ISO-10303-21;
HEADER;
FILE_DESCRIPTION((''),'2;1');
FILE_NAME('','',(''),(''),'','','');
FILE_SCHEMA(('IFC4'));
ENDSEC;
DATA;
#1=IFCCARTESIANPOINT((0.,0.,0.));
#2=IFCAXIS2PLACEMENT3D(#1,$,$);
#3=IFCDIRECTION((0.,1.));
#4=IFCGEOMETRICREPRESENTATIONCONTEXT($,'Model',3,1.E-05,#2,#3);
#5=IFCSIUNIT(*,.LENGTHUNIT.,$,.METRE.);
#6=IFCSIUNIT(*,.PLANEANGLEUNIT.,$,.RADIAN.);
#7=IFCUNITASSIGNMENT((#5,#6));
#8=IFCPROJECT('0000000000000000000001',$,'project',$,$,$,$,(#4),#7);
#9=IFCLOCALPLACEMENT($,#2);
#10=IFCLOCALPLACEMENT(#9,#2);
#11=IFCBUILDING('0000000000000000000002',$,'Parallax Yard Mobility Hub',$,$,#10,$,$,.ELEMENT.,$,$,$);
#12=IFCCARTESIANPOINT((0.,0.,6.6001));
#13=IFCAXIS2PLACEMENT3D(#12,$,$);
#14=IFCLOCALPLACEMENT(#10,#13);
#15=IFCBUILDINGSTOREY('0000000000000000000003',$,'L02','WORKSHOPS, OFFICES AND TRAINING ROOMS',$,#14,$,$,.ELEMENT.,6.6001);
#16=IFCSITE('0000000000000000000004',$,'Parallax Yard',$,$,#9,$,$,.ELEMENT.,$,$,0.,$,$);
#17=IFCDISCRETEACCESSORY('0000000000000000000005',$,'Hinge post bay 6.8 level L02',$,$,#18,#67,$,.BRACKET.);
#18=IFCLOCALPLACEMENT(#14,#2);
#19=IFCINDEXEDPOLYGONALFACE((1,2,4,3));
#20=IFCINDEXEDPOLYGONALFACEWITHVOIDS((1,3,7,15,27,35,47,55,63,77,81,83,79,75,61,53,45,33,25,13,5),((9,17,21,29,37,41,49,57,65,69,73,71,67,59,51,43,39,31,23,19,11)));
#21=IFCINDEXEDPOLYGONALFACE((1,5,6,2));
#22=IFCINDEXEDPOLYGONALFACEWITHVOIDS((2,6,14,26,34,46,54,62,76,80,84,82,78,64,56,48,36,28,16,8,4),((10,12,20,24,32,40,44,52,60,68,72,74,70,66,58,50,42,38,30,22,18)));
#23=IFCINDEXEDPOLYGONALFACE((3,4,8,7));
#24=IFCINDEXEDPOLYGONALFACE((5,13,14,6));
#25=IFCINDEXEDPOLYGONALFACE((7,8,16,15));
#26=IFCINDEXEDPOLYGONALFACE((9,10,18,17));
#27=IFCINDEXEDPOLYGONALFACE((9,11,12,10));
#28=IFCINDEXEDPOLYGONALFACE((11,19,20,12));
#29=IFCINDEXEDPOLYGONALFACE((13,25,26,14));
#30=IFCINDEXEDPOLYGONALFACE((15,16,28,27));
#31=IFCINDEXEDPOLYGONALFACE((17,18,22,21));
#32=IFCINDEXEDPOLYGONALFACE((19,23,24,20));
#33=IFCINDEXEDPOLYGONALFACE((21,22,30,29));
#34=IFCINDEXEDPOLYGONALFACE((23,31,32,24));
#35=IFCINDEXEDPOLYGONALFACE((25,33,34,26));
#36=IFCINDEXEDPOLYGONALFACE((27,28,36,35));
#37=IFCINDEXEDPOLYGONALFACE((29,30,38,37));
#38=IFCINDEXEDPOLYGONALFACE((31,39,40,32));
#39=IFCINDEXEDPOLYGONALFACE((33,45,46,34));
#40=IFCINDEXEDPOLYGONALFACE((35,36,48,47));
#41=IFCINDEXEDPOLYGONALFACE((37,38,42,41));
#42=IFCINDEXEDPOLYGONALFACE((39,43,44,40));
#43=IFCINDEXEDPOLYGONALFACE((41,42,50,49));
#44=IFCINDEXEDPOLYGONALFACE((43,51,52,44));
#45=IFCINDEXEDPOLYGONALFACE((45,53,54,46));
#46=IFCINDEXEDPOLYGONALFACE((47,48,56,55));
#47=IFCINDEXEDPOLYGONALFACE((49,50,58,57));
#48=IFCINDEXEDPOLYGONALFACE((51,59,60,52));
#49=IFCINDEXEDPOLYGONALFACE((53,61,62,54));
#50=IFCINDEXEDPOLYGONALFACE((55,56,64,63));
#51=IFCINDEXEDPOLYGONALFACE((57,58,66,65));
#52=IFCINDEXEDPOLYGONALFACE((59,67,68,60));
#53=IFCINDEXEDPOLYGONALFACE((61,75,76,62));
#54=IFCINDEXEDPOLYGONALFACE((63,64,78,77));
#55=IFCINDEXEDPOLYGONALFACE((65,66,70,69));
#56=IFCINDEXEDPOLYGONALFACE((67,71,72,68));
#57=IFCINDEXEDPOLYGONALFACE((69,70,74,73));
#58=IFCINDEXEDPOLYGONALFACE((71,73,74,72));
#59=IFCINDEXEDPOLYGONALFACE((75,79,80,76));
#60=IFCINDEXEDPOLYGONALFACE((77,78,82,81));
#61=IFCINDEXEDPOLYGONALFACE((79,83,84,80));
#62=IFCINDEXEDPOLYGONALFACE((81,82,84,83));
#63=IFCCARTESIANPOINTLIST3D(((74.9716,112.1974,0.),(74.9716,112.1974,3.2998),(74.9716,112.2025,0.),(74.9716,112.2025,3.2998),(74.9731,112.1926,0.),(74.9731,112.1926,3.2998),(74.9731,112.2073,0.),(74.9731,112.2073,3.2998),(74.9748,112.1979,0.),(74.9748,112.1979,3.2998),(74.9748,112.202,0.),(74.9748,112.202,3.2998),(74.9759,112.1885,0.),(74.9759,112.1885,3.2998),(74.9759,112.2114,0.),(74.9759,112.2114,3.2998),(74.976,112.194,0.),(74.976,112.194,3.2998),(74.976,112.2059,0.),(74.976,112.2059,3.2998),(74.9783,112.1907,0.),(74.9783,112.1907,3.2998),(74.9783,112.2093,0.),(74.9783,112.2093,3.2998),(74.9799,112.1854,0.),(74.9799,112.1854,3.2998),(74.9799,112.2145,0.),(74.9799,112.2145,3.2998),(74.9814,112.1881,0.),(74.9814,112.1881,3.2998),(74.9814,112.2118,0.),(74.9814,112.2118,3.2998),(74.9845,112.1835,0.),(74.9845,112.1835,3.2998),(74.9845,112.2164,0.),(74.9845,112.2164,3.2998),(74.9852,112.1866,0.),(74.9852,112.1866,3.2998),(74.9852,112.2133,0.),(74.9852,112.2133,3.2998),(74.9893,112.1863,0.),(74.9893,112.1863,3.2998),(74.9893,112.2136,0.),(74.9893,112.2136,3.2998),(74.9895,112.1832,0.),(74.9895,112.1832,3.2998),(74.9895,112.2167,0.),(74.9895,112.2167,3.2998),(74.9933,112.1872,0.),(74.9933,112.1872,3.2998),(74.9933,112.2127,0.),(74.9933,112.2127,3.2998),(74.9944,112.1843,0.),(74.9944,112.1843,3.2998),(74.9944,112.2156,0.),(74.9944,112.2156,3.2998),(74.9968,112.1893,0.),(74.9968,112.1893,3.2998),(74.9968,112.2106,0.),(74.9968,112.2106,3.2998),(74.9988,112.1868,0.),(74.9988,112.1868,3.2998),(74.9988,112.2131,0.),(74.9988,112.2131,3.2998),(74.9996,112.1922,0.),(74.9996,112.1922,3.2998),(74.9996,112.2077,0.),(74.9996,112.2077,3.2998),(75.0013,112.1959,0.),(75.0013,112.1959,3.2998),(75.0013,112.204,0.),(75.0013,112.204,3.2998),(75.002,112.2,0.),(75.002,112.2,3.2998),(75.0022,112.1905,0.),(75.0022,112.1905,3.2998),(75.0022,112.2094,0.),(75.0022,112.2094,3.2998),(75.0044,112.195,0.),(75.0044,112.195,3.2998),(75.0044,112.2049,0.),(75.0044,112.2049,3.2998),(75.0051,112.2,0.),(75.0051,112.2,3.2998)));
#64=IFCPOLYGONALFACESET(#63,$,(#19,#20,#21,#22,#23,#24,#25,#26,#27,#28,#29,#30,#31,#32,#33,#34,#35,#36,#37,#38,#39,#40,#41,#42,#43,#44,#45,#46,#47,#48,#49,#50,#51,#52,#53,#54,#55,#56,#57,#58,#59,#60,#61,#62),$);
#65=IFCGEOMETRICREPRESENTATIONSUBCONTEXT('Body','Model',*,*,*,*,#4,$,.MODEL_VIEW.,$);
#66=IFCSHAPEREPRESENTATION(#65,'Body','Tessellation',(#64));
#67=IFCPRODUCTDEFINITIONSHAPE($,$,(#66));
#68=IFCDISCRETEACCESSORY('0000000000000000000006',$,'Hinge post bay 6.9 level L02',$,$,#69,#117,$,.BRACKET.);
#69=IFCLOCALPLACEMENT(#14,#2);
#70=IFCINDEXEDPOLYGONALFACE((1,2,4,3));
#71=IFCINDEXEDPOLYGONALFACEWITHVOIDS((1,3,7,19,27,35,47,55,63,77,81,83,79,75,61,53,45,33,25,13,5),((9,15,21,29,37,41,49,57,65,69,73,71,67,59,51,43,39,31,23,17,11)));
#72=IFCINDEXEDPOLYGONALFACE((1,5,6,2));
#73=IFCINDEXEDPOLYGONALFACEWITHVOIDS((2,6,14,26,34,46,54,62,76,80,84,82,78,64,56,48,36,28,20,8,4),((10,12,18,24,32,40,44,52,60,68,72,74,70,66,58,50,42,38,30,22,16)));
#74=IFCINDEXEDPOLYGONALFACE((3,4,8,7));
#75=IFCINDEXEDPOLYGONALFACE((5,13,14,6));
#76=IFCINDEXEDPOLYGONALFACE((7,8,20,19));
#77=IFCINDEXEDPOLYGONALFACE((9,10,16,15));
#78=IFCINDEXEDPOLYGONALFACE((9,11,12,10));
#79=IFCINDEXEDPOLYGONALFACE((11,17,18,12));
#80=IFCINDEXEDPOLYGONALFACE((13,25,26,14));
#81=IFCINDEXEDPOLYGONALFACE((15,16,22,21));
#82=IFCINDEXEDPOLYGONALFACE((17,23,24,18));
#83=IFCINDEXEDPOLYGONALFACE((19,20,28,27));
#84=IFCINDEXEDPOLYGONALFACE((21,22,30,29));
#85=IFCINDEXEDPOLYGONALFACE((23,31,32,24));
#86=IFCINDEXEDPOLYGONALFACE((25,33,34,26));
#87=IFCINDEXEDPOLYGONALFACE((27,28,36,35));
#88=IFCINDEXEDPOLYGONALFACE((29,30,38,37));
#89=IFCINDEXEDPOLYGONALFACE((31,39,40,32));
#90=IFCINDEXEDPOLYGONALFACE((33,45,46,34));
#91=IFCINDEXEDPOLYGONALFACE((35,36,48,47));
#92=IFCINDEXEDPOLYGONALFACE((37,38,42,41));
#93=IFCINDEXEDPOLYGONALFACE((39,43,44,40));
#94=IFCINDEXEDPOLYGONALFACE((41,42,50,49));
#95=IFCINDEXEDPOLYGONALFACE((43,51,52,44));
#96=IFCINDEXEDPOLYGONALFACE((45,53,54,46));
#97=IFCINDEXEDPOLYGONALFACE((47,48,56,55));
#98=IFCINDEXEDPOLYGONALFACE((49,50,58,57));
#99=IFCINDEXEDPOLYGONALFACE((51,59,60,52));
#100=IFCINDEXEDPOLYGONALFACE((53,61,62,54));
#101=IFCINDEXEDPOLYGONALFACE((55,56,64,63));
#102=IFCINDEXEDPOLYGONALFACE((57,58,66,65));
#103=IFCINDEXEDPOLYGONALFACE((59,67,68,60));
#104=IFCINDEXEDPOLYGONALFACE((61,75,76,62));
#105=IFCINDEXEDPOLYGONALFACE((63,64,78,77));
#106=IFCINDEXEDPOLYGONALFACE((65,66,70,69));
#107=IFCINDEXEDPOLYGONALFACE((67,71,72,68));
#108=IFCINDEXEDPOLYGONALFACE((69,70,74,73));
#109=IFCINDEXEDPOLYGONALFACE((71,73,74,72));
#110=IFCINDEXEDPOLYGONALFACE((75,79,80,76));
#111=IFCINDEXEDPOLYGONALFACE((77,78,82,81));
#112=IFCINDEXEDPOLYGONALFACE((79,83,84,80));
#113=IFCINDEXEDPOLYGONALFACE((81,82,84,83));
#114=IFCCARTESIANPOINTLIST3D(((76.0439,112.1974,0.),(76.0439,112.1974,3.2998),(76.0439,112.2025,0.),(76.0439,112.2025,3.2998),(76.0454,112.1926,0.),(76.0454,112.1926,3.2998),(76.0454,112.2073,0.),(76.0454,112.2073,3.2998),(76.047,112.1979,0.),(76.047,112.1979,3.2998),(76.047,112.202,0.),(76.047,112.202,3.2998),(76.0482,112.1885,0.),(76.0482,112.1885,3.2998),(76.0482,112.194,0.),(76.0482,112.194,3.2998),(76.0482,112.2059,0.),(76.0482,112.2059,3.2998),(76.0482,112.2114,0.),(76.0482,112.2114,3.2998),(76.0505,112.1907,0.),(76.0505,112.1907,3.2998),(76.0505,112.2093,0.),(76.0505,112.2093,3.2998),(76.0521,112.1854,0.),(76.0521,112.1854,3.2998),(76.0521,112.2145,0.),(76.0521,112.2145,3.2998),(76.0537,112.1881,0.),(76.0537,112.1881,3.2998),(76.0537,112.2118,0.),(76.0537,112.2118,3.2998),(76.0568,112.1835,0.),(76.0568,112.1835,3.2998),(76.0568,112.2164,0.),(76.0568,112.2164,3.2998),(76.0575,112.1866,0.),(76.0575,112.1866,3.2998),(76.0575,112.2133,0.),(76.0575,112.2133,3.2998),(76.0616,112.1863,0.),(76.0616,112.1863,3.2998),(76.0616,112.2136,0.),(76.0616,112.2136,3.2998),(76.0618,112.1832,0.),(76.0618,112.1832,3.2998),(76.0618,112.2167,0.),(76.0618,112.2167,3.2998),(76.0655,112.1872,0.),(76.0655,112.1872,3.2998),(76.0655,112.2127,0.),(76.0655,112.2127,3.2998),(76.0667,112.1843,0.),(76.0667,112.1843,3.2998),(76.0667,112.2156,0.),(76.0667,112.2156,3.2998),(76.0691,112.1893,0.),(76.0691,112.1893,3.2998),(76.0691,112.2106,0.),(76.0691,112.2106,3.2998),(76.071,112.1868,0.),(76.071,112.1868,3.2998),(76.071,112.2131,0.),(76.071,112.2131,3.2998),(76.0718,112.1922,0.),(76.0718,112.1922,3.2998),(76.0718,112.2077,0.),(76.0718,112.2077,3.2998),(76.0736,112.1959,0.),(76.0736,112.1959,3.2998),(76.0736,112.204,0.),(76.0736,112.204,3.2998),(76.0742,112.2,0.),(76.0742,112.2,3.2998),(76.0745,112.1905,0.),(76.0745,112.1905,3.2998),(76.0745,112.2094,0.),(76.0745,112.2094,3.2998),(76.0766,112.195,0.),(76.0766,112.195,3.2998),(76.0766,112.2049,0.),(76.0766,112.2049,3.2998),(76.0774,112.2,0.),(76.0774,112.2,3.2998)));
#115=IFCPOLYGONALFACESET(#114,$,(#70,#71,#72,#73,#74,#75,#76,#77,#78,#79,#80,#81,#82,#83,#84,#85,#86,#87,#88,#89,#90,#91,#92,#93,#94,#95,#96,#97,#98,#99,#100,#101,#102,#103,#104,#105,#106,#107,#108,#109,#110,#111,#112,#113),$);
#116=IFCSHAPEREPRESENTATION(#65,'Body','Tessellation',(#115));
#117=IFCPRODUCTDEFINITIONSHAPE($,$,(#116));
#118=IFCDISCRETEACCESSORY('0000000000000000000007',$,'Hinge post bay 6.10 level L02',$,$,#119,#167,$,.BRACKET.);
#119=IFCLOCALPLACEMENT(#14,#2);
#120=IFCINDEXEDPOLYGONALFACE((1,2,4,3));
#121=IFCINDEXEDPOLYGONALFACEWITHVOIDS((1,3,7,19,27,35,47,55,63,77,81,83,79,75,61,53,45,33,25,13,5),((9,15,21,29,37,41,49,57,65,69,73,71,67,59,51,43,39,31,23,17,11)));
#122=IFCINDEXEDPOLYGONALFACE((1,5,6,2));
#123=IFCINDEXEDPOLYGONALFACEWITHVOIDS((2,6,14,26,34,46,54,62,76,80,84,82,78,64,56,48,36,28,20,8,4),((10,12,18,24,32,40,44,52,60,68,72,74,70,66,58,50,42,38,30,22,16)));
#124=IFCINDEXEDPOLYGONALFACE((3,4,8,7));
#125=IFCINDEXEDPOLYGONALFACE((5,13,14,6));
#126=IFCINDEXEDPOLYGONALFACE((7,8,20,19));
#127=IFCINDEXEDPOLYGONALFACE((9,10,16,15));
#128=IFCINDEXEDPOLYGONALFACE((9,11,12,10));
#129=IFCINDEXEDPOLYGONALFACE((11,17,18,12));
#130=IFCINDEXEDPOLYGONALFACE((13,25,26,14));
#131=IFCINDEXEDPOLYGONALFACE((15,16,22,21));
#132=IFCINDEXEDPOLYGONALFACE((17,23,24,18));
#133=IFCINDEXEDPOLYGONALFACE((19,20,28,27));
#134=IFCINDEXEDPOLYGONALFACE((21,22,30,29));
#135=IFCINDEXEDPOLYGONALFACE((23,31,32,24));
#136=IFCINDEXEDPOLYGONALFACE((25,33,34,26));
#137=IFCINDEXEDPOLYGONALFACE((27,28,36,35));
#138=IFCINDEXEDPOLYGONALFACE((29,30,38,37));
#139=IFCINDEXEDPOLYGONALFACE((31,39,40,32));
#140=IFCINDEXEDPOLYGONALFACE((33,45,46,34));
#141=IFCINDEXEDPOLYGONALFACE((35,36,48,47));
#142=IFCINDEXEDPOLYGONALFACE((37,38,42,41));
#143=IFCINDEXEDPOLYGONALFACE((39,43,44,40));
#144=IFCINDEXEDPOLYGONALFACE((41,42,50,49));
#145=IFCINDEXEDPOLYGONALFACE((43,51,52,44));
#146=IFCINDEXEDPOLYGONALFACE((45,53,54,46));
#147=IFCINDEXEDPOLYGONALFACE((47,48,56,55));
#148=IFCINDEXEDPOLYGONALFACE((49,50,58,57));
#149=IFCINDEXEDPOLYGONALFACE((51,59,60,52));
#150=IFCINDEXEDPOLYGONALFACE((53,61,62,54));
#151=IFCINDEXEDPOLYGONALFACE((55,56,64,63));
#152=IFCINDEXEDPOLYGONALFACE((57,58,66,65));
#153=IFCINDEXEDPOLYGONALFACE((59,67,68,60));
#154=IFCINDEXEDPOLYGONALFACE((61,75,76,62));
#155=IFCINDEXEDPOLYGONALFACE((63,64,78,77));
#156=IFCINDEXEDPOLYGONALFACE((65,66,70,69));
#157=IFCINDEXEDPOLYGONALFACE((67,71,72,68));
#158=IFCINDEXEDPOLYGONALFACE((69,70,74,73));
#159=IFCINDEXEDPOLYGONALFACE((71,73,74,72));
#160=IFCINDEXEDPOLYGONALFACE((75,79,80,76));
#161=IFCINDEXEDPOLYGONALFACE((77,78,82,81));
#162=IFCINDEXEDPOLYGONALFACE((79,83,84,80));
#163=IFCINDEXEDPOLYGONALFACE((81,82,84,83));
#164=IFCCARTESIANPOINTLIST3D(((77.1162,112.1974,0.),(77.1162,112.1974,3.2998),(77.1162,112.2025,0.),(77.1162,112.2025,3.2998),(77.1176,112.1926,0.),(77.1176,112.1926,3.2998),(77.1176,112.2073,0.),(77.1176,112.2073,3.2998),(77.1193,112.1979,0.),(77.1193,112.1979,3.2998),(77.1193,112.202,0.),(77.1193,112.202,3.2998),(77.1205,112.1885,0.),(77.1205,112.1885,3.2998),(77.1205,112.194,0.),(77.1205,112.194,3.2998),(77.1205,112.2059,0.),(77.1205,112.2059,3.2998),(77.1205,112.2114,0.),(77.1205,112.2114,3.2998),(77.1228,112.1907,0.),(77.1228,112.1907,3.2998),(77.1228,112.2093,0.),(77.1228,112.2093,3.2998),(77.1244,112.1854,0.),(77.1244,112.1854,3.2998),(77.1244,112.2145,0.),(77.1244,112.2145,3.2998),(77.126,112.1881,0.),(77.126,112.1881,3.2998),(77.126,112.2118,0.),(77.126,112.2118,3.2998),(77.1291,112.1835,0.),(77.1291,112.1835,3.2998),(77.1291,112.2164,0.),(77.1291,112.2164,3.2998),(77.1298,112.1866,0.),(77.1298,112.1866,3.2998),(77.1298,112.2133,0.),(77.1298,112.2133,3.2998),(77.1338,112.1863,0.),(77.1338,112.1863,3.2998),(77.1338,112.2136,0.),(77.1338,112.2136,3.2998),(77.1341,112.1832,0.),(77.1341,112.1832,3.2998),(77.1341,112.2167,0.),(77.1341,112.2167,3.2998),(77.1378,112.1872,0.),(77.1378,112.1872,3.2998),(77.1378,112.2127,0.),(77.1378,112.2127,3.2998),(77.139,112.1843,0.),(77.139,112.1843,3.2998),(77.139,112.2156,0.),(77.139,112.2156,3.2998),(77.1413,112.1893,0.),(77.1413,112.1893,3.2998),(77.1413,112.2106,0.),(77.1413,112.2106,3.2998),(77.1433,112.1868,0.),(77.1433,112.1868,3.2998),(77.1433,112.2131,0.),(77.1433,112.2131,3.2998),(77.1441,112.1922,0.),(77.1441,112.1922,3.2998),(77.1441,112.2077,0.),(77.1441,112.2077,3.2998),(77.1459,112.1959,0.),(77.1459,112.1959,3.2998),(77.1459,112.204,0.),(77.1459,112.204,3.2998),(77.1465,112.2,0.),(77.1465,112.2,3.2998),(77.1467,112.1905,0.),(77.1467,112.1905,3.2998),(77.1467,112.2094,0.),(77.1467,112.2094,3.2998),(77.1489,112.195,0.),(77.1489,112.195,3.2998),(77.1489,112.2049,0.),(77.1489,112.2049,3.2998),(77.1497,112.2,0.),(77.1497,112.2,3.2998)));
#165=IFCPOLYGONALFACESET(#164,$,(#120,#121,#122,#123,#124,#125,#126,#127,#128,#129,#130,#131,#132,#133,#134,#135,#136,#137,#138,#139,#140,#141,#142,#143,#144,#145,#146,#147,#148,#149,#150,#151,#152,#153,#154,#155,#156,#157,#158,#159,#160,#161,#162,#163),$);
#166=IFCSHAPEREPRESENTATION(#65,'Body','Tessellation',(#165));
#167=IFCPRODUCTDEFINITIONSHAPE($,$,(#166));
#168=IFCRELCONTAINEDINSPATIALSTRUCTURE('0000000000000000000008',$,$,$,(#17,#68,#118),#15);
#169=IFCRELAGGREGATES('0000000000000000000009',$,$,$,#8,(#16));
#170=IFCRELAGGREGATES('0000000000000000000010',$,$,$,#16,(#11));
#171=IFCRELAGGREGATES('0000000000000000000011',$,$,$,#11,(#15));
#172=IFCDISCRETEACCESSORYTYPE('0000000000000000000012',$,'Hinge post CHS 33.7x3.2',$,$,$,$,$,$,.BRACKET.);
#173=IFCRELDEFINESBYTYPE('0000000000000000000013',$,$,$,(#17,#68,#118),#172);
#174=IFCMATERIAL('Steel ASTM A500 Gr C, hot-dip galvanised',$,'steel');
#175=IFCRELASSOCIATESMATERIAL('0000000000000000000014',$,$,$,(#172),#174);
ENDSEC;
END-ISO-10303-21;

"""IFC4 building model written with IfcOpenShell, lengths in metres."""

from ifc_helpers import new_model, si_unit, direction, frame, origin, origin_2d, place, context, subcontext, project, spatial, hollow_circle, extrude, material, material_profile, profile_set, type_object, element, save


model = new_model("IFC4")

# Units and contexts
model_context = context("Model", 3, precision=1e-05, world=origin(), true_north=direction((0.0, 1.0)))
body_context = subcontext(model_context, "Body", "Model", "MODEL_VIEW")
ifc_project = project(units=[si_unit("LENGTHUNIT", "METRE"), si_unit("PLANEANGLEUNIT", "RADIAN")], contexts=[model_context])

# Site, building, storey
site_placement = place(None, origin())
site = spatial("IfcSite", under=ifc_project, at=site_placement, Name="Parallax Yard", CompositionType="ELEMENT", RefElevation=0.0)
building_placement = place(site_placement, origin())
building = spatial("IfcBuilding", under=site, at=building_placement, Name="Parallax Yard Mobility Hub", CompositionType="ELEMENT")
storey_placement = place(building_placement, frame((0.0, 0.0, 6.6001)))
storey = spatial("IfcBuildingStorey", under=building, at=storey_placement, Name="L02", Description="WORKSHOPS, OFFICES AND TRAINING ROOMS", CompositionType="ELEMENT", Elevation=6.6001)

# Discrete accessories
ifc_material_1 = material(Name="Steel ASTM A500 Gr C, hot-dip galvanised", Category="steel")
ifc_material_profile = material_profile(ifc_material_1, hollow_circle(Radius=0.0168, WallThickness=0.0032, at=origin_2d()), Name="CHS 33.7x3.2")
ifc_profile_set = profile_set([ifc_material_profile], Name="Steel ASTM A500 Gr C, hot-dip galvanised")
discrete_accessory_type_1 = type_object("IfcDiscreteAccessoryType", Name="Hinge post CHS 33.7x3.2", PredefinedType="BRACKET", material=ifc_profile_set)
for number, where, z_axis, x_axis, name in (
    (1, (74.9883, 112.2, 0.0), (0.0, 0.0, 1.0), (1.0, 0.0, 0.0), "Hinge post bay 6.8 level L02"),
    (2, (76.0605, 112.2, 0.0), (0.0, 0.0, 1.0), (1.0, 0.0, 0.0), "Hinge post bay 6.9 level L02"),
    (3, (77.1328, 112.2, 0.0), (0.0, 0.0, 1.0), (1.0, 0.0, 0.0), "Hinge post bay 6.10 level L02"),
):
    element("IfcDiscreteAccessory", number, at=place(storey_placement, frame(where, z_axis=z_axis, x_axis=x_axis)), inside=storey, type_object=discrete_accessory_type_1, Name=name, PredefinedType="BRACKET", context=body_context, shape_type="SweptSolid", body=[
        extrude(hollow_circle(Radius=0.0168, WallThickness=0.0032, at=origin_2d()), origin(), (0.0, 0.0, 1.0), 3.2998),
    ])

save(model, "model.ifc")
